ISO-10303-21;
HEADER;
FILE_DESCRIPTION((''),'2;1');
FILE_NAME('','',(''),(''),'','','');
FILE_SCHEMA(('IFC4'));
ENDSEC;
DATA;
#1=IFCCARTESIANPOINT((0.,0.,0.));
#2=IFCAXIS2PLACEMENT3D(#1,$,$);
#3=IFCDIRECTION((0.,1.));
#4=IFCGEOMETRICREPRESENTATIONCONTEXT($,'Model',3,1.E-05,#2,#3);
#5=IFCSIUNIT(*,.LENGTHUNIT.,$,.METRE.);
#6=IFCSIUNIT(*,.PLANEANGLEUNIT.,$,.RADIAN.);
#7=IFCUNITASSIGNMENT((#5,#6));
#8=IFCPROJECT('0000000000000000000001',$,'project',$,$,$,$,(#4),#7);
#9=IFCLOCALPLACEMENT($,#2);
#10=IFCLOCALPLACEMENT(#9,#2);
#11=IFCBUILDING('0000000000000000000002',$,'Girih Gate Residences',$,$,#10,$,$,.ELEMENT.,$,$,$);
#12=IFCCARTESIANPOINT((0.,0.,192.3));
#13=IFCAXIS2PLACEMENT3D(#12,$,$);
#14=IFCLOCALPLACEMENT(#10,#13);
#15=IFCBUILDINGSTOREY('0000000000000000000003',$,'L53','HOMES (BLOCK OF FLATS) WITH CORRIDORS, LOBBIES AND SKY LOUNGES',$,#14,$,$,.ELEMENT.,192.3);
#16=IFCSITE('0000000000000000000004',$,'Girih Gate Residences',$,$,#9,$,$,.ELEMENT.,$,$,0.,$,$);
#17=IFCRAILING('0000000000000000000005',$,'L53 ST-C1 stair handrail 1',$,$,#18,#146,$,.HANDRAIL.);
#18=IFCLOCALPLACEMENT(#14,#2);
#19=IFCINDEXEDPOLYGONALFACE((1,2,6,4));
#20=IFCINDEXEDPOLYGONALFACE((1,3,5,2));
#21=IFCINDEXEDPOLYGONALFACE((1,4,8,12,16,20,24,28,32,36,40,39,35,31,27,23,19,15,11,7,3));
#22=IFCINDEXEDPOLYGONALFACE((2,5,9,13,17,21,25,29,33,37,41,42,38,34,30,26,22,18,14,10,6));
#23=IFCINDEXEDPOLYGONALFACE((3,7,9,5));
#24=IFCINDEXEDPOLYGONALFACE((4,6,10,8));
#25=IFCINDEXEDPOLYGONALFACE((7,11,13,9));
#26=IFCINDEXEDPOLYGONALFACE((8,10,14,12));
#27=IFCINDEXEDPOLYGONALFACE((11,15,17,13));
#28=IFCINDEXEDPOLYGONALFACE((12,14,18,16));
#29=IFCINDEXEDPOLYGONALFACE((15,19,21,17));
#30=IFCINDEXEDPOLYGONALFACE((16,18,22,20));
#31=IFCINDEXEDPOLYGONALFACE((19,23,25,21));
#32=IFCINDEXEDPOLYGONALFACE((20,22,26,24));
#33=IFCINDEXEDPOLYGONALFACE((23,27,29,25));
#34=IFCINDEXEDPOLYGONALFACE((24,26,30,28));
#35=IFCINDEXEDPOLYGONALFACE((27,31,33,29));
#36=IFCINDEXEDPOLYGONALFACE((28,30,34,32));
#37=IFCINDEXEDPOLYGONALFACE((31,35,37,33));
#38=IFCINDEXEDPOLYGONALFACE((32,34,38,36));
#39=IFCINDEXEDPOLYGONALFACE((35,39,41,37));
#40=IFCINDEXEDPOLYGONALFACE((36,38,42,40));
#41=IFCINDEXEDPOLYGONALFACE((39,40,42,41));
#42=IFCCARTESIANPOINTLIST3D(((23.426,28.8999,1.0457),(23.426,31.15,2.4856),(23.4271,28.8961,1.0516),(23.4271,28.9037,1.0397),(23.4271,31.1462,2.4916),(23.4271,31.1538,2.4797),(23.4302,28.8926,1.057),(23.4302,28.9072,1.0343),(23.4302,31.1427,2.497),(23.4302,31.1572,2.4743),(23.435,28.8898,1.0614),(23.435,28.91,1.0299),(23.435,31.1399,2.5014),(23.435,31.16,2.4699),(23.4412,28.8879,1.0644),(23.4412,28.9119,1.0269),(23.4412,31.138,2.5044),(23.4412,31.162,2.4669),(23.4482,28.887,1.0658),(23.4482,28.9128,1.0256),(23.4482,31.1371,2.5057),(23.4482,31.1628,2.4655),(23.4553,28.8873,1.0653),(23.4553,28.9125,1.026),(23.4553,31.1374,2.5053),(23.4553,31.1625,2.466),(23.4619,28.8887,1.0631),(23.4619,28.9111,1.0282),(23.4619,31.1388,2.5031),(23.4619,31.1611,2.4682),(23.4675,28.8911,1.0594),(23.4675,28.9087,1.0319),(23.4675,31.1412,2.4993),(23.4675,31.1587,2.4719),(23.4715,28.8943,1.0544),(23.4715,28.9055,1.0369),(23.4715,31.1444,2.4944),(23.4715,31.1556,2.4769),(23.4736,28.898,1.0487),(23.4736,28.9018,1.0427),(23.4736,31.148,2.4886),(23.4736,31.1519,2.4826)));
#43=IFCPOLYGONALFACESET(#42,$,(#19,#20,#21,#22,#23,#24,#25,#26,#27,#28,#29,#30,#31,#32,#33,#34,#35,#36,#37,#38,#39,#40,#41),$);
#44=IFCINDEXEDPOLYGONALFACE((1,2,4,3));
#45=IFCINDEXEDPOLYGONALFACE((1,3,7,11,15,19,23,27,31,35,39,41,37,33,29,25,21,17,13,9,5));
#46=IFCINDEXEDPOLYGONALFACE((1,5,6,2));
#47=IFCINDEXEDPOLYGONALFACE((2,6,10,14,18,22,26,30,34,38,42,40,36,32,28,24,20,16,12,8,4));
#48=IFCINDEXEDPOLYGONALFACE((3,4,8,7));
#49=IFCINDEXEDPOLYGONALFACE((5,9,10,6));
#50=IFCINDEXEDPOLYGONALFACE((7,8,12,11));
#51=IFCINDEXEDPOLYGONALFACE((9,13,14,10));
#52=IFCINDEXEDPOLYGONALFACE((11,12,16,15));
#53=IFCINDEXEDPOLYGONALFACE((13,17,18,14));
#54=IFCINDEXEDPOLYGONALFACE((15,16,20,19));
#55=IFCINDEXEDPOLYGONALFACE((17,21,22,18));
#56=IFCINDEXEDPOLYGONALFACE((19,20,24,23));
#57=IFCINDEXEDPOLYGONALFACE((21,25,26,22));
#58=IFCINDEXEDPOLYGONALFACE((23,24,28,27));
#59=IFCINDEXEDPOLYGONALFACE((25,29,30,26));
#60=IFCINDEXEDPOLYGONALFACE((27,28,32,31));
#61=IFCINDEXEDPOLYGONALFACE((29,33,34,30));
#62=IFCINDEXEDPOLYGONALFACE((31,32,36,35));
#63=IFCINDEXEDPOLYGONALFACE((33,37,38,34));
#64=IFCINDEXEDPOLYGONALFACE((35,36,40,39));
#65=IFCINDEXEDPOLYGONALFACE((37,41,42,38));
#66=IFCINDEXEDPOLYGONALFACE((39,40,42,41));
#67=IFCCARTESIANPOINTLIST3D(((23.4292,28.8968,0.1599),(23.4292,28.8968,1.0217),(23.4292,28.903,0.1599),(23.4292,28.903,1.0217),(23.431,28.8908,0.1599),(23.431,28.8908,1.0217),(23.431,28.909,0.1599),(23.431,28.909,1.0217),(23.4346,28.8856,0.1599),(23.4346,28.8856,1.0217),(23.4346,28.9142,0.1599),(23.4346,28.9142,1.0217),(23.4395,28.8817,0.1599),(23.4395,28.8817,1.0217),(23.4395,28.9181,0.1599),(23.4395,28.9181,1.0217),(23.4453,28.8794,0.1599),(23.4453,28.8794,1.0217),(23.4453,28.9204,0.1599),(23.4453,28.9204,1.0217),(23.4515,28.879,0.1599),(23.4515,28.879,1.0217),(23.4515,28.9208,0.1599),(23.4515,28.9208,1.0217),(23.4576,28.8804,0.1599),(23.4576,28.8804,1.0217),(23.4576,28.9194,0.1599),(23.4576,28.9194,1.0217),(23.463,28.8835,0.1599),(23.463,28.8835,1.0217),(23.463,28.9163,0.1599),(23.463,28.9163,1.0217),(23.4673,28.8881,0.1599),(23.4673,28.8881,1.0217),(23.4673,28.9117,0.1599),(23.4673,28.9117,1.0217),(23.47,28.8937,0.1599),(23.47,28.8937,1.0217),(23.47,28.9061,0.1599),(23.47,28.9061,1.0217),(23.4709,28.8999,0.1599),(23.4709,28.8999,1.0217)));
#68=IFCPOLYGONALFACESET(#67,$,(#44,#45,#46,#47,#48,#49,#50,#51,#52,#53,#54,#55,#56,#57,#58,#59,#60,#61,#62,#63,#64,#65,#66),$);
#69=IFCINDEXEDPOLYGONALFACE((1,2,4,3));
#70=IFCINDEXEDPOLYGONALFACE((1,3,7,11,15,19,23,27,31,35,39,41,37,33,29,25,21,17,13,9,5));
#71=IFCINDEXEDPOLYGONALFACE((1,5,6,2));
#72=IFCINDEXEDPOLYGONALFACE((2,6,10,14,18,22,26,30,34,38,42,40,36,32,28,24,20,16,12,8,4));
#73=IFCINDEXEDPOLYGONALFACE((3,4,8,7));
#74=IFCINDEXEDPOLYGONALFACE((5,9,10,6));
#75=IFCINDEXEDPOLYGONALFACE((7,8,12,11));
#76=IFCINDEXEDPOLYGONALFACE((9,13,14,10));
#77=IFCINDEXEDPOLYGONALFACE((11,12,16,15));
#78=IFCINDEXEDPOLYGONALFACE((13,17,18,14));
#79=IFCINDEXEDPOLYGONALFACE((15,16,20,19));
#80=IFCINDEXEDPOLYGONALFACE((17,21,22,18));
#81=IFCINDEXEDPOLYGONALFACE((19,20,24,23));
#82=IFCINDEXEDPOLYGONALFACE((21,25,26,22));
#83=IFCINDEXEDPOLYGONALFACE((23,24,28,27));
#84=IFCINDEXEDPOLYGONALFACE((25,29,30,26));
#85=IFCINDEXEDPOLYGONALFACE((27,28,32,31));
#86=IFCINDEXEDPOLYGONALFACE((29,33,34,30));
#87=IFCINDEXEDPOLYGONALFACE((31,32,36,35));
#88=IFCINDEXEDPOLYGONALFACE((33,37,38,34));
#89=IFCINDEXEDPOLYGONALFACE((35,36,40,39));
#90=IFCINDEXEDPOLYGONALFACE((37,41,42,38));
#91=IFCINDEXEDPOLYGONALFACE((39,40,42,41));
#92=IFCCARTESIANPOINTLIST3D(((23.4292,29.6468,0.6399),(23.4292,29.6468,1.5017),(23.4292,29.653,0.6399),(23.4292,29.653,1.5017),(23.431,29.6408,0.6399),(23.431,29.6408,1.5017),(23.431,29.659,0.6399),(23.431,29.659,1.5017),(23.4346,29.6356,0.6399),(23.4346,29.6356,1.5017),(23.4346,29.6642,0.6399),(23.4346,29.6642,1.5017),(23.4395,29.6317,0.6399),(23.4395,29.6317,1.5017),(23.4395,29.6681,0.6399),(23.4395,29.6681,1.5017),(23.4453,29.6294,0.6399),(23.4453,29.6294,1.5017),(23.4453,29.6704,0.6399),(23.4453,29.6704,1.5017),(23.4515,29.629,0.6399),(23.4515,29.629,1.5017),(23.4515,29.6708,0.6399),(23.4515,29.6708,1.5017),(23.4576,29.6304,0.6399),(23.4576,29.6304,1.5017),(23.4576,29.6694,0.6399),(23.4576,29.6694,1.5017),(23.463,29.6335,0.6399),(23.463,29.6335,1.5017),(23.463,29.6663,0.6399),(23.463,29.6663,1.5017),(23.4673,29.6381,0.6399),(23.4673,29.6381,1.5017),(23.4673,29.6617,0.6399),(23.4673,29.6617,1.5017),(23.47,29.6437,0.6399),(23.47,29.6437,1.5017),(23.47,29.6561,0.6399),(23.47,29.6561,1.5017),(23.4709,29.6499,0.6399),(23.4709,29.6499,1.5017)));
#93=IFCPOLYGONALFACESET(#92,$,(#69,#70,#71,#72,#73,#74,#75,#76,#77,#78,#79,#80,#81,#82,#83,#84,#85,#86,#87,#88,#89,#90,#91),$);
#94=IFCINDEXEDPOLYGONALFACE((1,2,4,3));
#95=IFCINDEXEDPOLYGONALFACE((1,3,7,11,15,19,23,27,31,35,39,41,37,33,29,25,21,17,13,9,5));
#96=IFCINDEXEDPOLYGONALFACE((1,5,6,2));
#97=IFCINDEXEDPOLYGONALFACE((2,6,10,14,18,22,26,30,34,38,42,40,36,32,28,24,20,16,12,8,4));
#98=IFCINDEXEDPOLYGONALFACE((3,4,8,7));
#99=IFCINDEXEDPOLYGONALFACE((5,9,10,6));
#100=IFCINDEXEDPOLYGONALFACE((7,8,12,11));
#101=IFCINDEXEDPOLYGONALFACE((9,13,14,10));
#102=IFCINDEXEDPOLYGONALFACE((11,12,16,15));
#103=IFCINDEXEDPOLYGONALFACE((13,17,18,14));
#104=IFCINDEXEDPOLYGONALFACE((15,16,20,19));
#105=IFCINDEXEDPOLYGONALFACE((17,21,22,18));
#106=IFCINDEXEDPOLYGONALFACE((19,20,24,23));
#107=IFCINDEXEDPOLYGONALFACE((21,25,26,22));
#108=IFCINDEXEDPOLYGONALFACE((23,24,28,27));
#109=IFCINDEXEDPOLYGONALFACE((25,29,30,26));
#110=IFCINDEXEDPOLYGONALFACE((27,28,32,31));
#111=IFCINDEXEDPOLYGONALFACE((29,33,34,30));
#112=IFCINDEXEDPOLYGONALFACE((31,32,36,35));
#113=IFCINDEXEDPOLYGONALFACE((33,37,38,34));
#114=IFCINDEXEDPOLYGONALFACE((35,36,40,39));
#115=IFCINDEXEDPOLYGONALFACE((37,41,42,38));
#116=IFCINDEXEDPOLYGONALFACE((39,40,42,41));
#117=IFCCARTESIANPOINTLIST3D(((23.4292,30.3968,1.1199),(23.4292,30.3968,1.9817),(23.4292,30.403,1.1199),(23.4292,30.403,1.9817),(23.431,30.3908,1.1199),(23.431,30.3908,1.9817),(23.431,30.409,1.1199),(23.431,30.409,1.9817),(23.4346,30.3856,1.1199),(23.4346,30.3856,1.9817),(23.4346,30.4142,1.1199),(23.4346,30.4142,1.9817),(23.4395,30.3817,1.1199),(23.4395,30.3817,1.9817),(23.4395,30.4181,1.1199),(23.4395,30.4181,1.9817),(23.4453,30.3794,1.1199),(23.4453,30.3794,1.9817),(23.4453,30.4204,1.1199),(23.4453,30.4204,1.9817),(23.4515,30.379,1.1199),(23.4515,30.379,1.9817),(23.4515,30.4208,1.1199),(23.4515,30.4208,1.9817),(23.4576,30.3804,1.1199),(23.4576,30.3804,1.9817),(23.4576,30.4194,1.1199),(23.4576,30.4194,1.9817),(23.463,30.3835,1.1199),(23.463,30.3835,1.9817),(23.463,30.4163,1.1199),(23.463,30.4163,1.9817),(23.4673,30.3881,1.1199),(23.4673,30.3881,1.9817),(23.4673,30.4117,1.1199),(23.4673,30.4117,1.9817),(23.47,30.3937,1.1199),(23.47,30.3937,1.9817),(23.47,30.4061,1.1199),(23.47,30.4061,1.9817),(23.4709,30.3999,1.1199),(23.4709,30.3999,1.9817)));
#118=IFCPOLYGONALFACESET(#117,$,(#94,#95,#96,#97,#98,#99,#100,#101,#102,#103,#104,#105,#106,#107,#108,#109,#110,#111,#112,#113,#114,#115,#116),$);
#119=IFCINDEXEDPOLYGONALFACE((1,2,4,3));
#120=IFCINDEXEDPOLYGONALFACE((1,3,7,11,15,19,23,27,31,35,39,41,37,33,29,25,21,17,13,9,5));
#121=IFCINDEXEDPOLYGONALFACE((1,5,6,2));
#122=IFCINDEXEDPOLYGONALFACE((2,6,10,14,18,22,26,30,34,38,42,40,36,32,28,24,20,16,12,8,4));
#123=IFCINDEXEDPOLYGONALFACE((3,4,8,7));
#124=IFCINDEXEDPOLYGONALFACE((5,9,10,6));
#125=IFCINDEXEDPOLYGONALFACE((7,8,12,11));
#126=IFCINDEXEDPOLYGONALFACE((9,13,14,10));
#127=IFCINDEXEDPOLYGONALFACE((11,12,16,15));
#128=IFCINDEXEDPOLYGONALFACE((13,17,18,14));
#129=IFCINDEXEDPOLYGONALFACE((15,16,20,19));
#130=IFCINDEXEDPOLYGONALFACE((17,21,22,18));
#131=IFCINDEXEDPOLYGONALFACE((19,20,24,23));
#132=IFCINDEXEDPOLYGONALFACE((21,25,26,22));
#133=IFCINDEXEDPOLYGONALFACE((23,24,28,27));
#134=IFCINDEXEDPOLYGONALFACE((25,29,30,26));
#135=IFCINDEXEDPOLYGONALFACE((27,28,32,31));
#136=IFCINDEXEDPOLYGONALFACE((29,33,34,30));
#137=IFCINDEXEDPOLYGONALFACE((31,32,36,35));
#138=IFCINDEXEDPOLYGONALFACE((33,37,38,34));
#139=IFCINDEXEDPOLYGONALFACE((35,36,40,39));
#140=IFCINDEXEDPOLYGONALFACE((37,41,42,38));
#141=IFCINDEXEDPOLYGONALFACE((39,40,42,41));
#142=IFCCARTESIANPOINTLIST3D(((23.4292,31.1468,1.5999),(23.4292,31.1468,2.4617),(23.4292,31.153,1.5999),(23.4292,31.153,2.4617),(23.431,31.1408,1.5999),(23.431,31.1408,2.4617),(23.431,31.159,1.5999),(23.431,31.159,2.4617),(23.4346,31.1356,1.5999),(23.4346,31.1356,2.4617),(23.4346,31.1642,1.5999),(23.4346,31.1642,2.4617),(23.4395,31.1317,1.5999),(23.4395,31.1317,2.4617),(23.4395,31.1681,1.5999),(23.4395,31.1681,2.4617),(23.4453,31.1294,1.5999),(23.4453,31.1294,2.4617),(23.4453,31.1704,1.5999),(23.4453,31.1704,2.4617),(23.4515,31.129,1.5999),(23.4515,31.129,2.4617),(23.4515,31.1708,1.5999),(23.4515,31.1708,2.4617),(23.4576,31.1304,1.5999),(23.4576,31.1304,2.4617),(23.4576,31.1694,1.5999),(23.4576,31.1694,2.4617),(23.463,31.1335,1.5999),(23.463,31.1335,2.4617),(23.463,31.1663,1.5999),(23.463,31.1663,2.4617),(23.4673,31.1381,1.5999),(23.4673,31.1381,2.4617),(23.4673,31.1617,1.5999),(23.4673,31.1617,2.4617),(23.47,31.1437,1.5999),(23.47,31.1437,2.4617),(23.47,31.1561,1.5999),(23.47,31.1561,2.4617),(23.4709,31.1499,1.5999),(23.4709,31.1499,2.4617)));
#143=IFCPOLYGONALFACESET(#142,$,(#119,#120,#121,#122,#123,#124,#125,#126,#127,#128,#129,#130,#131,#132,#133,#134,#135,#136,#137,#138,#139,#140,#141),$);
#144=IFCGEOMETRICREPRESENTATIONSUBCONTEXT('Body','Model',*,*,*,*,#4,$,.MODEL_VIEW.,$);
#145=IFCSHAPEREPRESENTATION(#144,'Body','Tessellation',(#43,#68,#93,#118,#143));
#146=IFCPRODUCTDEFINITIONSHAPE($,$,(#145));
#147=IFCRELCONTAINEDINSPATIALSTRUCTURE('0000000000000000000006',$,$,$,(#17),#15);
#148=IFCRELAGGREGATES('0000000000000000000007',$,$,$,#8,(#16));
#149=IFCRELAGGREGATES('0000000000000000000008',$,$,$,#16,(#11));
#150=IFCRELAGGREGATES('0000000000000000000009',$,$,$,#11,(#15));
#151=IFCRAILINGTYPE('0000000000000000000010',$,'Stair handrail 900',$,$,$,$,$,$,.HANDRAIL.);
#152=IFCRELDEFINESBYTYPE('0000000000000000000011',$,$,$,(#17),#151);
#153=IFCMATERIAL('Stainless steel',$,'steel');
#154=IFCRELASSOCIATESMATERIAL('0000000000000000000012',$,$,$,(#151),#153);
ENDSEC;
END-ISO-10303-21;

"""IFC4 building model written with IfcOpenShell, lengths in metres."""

from ifc_helpers import new_model, si_unit, direction, frame, origin, origin_2d, place, context, subcontext, project, spatial, circle, extrude, material, type_object, element, save


model = new_model("IFC4")

# Units and contexts
model_context = context("Model", 3, precision=1e-05, world=origin(), true_north=direction((0.0, 1.0)))
body_context = subcontext(model_context, "Body", "Model", "MODEL_VIEW")
ifc_project = project(units=[si_unit("LENGTHUNIT", "METRE"), si_unit("PLANEANGLEUNIT", "RADIAN")], contexts=[model_context])

# Site, building, storey
site_placement = place(None, origin())
site = spatial("IfcSite", under=ifc_project, at=site_placement, Name="Girih Gate Residences", CompositionType="ELEMENT", RefElevation=0.0)
building_placement = place(site_placement, origin())
building = spatial("IfcBuilding", under=site, at=building_placement, Name="Girih Gate Residences", CompositionType="ELEMENT")
storey_placement = place(building_placement, frame((0.0, 0.0, 192.3)))
storey = spatial("IfcBuildingStorey", under=building, at=storey_placement, Name="L53", Description="HOMES (BLOCK OF FLATS) WITH CORRIDORS, LOBBIES AND SKY LOUNGES", CompositionType="ELEMENT", Elevation=192.3)

# Railing
ifc_material_1 = material(Name="Stainless steel", Category="steel")
railing_type_1 = type_object("IfcRailingType", Name="Stair handrail 900", PredefinedType="HANDRAIL", material=ifc_material_1)
for number, where, name in (
    (1, (23.45, 28.8999, 0.1599), "L53 ST-C1 stair handrail 1"),
):
    element("IfcRailing", number, at=place(storey_placement, frame(where)), inside=storey, type_object=railing_type_1, Name=name, PredefinedType="HANDRAIL", context=body_context, shape_type="SweptSolid", body=[
        extrude(circle(Radius=0.0239, at=origin_2d()), frame((0.0, 0.0, 0.8857), z_axis=(0.0, 0.842281, 0.539038), x_axis=(-1.0, 0.0, 0.0)), (0.0, 0.0, 1.0), 2.6714),
        extrude(circle(Radius=0.021, at=origin_2d()), origin(), (0.0, 0.0, 1.0), 0.8618),
        extrude(circle(Radius=0.021, at=origin_2d()), frame((0.0, 0.75, 0.48)), (0.0, 0.0, 1.0), 0.8618),
        extrude(circle(Radius=0.021, at=origin_2d()), frame((0.0, 1.5, 0.96)), (0.0, 0.0, 1.0), 0.8618),
        extrude(circle(Radius=0.021, at=origin_2d()), frame((0.0, 2.25, 1.4399)), (0.0, 0.0, 1.0), 0.8618),
    ])

save(model, "model.ifc")
